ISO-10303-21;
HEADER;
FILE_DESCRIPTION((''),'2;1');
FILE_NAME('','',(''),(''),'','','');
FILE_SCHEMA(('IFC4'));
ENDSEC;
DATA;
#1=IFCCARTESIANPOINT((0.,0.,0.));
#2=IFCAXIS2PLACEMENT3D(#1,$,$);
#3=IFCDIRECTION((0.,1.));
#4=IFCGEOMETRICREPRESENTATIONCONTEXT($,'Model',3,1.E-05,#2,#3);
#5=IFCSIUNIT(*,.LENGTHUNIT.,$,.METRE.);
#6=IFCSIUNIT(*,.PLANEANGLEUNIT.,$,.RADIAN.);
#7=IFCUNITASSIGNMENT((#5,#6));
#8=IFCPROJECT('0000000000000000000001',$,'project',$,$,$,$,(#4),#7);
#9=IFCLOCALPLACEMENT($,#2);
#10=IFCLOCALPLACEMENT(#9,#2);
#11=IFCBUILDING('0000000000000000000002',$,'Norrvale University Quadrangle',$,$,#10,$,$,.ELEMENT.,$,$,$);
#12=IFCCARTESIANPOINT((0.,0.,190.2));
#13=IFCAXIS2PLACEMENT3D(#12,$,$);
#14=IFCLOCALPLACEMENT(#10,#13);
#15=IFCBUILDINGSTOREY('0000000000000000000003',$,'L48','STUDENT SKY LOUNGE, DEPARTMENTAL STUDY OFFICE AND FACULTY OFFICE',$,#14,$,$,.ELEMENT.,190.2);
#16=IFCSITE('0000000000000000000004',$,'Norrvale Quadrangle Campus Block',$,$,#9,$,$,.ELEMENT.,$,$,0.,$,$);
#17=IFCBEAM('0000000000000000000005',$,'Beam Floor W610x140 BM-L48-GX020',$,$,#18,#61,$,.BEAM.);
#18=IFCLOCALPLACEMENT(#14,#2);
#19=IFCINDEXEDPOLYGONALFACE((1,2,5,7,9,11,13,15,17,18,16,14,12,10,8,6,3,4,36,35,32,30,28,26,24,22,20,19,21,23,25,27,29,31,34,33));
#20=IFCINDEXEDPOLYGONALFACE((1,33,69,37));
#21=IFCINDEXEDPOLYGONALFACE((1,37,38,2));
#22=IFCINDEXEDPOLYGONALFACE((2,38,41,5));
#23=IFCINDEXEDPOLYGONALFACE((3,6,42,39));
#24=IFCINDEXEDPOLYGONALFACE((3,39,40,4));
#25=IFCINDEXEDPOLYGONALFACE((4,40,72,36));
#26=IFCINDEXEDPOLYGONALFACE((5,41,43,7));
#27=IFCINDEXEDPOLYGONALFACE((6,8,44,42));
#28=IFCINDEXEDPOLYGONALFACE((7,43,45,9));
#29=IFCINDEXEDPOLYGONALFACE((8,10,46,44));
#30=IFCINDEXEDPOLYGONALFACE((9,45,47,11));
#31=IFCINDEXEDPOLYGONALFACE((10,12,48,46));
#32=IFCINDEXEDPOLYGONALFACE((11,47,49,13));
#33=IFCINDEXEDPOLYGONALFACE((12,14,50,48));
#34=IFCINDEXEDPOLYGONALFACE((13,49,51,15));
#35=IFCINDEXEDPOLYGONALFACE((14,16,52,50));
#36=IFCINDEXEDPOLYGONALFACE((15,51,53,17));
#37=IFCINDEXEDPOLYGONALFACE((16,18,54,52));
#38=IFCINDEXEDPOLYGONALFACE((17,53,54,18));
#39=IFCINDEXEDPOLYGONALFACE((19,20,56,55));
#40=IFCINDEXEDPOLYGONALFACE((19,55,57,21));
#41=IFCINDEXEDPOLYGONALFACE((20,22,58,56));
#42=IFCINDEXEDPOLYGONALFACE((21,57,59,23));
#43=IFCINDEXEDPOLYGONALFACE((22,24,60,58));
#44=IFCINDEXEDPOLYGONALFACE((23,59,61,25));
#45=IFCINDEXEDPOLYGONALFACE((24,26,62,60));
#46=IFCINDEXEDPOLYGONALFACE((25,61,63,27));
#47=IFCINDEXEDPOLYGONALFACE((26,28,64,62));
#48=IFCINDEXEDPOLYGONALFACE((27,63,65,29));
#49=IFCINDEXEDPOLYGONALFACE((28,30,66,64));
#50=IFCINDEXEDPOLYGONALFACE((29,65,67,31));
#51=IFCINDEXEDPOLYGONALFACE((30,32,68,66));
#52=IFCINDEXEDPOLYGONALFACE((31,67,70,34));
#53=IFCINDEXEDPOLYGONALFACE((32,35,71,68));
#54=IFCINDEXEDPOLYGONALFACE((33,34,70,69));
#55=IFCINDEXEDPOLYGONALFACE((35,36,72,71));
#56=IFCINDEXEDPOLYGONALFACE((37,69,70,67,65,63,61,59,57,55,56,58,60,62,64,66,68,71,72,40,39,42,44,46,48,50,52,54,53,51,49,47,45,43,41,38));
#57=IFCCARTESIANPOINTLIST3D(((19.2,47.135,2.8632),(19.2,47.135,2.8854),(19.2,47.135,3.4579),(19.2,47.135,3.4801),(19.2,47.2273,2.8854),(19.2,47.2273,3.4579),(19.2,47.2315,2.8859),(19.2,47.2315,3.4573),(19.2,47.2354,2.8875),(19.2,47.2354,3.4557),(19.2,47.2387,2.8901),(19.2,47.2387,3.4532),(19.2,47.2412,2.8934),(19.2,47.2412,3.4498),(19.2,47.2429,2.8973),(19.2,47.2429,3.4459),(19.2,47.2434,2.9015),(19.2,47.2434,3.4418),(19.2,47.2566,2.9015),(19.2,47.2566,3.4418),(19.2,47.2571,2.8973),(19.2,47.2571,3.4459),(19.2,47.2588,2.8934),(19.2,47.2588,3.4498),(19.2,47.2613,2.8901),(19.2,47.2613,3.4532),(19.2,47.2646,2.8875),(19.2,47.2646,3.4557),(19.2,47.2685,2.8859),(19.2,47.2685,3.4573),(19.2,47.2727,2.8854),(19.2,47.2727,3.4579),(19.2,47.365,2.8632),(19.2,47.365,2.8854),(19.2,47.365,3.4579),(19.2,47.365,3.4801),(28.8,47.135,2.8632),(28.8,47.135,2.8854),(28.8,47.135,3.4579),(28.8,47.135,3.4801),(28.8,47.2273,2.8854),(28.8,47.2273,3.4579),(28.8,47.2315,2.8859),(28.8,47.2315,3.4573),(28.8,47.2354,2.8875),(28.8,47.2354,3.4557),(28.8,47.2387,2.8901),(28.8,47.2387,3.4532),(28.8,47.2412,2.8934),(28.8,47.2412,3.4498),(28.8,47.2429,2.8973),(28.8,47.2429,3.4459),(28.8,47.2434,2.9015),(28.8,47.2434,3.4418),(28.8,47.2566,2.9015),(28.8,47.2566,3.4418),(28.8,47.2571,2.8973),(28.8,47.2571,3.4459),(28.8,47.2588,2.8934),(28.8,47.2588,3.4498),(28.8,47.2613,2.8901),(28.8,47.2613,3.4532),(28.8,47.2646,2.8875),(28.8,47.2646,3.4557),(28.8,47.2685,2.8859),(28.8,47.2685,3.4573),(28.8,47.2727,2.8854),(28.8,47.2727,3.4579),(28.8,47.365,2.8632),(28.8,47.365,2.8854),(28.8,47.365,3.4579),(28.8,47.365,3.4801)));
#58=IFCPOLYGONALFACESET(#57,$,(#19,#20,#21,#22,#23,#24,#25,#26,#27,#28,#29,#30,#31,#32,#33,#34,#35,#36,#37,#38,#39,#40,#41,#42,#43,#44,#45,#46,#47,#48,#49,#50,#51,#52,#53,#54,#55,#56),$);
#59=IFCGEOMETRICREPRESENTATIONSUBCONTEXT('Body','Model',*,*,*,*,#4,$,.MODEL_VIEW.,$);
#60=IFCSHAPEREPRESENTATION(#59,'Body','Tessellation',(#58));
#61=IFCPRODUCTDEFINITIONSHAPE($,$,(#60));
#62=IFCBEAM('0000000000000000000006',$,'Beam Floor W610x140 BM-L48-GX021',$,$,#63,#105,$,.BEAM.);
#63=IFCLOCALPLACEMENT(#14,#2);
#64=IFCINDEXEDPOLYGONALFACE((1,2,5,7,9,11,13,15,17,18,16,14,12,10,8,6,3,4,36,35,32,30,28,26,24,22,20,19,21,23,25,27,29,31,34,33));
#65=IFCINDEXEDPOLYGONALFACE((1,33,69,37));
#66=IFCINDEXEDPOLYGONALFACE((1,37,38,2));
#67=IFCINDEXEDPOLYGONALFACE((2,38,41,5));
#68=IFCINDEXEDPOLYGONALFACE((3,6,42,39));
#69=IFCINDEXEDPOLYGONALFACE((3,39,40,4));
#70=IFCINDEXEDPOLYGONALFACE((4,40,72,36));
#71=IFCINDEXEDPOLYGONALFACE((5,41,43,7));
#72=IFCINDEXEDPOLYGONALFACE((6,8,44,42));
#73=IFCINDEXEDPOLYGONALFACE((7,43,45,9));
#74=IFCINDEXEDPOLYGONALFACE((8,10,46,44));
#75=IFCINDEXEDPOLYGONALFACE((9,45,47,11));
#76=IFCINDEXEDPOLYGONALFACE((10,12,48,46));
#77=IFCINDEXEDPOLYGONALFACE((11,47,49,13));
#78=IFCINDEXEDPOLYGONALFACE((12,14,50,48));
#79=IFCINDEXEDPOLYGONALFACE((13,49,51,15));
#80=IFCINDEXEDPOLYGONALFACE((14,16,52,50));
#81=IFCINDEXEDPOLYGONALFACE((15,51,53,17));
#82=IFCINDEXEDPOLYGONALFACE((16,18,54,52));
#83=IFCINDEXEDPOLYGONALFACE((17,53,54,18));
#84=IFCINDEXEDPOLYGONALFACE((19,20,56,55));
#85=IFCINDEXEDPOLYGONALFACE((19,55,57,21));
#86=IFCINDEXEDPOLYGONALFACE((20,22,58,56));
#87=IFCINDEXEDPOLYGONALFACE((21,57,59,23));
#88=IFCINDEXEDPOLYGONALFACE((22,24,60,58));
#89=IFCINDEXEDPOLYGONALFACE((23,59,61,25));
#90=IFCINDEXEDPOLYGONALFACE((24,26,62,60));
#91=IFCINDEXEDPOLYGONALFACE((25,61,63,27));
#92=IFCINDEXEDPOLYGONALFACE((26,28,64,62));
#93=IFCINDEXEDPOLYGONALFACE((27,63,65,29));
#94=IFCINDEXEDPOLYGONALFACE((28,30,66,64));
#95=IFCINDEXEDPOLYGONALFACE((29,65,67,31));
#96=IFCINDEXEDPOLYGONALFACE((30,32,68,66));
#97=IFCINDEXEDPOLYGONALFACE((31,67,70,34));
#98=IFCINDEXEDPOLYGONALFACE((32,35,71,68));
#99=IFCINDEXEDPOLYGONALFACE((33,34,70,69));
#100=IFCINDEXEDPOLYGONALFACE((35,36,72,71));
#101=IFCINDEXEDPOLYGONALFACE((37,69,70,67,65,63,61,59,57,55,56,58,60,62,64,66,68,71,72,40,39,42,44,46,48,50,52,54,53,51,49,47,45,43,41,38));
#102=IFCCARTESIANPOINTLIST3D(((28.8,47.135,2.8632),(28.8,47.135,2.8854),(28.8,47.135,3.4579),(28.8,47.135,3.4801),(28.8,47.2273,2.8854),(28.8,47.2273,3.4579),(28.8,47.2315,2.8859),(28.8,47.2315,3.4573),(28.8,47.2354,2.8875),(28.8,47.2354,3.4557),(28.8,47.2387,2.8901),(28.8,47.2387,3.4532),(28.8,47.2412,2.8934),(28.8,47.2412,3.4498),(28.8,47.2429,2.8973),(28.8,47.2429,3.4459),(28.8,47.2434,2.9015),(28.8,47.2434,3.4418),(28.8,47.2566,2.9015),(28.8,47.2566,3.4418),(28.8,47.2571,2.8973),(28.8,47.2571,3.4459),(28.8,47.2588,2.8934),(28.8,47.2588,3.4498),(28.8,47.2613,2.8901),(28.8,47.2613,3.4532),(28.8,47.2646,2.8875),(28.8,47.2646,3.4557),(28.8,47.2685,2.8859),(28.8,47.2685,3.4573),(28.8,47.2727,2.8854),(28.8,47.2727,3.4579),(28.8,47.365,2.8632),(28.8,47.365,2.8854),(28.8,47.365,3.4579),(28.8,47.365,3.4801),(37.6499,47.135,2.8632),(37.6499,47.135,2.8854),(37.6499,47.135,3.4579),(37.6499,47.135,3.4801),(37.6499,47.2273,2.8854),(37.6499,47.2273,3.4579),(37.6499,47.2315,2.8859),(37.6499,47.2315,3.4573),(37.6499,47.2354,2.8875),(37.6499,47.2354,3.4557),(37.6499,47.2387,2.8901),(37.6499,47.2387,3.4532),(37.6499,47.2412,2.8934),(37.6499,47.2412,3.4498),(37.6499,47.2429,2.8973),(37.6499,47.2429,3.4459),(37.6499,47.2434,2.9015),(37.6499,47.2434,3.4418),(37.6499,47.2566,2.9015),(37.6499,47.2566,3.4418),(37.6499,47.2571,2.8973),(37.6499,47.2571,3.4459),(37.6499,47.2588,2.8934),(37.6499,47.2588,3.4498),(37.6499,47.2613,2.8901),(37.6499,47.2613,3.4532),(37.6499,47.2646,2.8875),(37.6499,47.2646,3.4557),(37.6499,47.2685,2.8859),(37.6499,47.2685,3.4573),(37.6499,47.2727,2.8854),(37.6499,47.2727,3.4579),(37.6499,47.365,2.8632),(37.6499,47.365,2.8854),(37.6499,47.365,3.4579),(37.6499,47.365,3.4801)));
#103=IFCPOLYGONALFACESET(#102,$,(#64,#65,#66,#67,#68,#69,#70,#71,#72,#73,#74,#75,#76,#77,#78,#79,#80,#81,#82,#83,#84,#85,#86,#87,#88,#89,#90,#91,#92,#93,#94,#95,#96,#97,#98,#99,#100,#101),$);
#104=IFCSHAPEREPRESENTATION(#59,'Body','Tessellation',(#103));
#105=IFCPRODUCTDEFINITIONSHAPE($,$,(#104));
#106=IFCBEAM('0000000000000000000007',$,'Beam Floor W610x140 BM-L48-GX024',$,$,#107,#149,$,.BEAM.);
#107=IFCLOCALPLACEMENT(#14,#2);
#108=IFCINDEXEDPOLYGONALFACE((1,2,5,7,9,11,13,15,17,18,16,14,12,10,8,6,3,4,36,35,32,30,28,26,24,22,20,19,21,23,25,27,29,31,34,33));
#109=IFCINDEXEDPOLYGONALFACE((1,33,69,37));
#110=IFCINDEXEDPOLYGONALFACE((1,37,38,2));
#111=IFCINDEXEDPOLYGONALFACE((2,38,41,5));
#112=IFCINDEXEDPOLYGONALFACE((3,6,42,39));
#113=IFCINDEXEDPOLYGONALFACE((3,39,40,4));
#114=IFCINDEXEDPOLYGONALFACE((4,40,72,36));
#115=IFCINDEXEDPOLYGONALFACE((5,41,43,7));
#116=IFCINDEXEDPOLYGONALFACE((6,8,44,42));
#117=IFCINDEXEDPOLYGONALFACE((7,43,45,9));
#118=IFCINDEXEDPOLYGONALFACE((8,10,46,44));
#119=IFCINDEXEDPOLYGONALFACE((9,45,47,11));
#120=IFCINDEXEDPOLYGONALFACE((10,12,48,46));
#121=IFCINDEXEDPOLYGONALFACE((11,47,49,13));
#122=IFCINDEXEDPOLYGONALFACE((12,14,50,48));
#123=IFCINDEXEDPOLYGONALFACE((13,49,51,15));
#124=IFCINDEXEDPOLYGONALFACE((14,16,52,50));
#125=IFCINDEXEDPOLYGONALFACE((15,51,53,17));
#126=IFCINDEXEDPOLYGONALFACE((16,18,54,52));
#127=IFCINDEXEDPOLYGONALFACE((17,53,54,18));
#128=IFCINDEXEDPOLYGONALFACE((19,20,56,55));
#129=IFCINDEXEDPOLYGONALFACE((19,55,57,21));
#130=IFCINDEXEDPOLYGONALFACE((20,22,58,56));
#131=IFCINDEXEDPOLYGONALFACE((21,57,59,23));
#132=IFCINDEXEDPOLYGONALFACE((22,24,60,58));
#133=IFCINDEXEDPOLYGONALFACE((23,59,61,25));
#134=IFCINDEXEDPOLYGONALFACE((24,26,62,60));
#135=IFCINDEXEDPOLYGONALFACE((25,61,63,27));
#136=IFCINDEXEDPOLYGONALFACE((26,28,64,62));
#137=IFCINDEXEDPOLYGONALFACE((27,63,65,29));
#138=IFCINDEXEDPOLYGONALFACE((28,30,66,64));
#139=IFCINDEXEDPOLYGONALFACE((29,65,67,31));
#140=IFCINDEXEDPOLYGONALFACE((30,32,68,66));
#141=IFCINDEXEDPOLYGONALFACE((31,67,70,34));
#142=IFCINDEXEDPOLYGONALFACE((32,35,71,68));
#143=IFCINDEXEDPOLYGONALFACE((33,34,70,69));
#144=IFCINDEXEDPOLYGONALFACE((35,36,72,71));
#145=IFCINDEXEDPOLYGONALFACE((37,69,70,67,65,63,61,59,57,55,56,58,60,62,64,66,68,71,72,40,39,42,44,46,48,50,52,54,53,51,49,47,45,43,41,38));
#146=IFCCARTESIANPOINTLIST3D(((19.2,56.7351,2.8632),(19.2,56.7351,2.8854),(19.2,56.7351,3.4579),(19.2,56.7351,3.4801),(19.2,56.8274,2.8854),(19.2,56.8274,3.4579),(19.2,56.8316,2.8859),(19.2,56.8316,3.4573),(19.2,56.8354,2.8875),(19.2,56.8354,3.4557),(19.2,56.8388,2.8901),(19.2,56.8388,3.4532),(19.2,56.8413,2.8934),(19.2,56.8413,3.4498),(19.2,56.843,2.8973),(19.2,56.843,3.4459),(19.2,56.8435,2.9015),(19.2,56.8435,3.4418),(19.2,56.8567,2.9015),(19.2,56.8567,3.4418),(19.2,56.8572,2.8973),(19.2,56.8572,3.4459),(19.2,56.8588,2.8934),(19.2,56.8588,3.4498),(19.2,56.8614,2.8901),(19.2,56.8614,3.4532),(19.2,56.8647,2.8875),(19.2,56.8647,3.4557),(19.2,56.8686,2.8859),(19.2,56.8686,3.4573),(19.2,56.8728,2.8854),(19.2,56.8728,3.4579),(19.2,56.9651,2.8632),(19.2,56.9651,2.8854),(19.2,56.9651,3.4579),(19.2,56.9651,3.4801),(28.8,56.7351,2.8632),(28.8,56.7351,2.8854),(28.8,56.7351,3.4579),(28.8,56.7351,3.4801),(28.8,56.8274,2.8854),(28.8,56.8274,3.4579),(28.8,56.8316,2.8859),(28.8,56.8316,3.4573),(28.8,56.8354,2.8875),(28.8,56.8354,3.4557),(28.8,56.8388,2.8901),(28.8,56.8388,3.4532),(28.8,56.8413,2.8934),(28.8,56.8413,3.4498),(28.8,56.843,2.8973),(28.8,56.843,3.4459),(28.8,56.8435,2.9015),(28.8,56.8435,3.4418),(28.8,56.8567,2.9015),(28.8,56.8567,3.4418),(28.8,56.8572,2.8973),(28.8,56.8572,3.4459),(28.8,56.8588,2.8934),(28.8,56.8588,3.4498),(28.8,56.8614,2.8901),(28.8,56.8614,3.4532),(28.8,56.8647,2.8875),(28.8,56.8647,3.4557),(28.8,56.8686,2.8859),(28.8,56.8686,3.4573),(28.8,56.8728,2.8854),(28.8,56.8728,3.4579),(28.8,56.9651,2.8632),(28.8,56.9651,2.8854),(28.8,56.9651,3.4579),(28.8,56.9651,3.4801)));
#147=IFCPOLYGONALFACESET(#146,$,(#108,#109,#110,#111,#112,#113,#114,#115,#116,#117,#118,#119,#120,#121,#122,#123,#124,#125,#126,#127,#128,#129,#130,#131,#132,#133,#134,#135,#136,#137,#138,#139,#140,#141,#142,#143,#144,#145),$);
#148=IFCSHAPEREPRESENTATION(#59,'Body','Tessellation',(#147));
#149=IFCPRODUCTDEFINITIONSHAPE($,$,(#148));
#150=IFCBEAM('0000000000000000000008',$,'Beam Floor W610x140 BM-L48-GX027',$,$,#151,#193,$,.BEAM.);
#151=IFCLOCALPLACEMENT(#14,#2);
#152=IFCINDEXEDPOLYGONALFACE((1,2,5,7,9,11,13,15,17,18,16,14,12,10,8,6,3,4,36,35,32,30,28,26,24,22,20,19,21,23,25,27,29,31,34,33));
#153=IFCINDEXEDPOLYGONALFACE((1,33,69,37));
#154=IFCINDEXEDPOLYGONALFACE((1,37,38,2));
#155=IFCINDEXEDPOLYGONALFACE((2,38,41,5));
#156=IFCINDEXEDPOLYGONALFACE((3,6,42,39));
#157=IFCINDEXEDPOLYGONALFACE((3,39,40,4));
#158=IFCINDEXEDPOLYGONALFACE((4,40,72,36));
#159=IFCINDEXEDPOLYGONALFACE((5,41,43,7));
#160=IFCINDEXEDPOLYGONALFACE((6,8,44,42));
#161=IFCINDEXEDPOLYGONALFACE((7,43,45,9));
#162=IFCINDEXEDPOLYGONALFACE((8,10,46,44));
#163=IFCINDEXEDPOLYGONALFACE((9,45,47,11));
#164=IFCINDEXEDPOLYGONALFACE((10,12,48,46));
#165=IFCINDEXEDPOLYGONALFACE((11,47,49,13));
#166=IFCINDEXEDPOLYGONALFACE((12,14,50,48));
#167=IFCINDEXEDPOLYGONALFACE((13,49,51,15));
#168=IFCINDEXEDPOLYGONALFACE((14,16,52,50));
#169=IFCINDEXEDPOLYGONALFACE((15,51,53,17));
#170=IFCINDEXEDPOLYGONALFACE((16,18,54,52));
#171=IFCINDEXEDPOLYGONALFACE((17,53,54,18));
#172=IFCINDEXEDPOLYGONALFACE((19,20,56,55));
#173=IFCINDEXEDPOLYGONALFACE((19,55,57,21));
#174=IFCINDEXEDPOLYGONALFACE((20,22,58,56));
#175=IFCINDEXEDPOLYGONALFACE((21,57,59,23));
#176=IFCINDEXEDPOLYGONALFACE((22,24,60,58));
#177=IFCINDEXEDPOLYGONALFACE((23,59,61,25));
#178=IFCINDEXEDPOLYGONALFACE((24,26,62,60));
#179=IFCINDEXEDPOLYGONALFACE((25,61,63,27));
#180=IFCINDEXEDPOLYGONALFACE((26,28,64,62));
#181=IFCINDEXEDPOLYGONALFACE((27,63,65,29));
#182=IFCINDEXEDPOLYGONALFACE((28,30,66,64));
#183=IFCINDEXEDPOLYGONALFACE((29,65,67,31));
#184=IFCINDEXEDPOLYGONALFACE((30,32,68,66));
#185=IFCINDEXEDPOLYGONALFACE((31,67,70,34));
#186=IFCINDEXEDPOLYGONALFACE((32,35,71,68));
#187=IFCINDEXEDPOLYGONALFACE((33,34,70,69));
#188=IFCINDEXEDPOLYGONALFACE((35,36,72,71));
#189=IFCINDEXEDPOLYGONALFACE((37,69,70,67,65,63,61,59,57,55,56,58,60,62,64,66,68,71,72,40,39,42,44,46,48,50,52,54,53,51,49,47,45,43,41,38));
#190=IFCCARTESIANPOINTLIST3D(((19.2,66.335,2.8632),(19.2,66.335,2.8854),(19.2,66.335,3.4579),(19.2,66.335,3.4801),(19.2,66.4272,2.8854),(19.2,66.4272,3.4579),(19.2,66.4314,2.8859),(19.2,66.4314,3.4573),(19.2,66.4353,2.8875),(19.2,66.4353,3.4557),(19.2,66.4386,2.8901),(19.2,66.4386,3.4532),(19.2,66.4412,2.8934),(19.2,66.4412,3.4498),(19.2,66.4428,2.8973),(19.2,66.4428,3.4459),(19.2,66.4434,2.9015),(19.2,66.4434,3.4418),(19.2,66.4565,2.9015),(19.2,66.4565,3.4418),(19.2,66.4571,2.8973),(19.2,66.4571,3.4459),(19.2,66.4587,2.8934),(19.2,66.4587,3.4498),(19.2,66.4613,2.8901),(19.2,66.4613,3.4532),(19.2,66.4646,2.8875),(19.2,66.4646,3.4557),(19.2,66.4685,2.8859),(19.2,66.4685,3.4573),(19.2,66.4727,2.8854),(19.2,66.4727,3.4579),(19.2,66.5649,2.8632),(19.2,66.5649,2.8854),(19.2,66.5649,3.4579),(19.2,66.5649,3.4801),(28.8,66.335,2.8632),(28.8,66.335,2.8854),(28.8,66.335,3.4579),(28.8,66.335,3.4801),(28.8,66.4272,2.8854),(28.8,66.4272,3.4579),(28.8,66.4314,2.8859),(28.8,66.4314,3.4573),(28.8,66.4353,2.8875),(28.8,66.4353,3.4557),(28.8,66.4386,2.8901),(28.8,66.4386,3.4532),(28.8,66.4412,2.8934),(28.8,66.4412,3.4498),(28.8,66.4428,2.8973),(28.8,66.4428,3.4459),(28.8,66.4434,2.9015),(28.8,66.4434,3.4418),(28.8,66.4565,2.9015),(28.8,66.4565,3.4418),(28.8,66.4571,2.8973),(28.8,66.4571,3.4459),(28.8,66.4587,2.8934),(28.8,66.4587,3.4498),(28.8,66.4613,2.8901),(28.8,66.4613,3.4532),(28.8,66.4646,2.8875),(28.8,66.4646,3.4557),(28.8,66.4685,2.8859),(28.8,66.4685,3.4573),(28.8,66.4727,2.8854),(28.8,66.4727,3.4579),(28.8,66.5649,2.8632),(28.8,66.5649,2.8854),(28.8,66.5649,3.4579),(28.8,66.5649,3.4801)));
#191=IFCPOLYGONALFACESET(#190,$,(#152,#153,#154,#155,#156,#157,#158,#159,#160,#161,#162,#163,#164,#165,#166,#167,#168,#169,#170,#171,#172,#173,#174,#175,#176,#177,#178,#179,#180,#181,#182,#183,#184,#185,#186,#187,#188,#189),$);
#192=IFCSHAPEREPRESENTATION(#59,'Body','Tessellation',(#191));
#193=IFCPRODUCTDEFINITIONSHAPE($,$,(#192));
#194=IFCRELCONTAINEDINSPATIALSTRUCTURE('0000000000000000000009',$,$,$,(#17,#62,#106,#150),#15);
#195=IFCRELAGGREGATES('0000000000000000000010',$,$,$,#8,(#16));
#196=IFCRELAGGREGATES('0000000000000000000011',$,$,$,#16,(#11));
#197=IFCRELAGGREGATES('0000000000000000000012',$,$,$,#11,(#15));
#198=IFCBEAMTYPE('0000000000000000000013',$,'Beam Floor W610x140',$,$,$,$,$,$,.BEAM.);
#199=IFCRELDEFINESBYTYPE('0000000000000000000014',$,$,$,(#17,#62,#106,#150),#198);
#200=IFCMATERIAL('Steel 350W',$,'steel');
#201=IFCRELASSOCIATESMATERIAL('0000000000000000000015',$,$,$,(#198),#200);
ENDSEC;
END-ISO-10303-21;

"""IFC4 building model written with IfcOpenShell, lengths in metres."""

from ifc_helpers import new_model, si_unit, direction, frame, origin, origin_2d, place, context, subcontext, project, spatial, i_section, extrude, material, material_profile, profile_set, type_object, element, save


model = new_model("IFC4")

# Units and contexts
model_context = context("Model", 3, precision=1e-05, world=origin(), true_north=direction((0.0, 1.0)))
body_context = subcontext(model_context, "Body", "Model", "MODEL_VIEW")
ifc_project = project(units=[si_unit("LENGTHUNIT", "METRE"), si_unit("PLANEANGLEUNIT", "RADIAN")], contexts=[model_context])

# Site, building, storey
site_placement = place(None, origin())
site = spatial("IfcSite", under=ifc_project, at=site_placement, Name="Norrvale Quadrangle Campus Block", CompositionType="ELEMENT", RefElevation=0.0)
building_placement = place(site_placement, origin())
building = spatial("IfcBuilding", under=site, at=building_placement, Name="Norrvale University Quadrangle", CompositionType="ELEMENT")
storey_placement = place(building_placement, frame((0.0, 0.0, 190.2)))
storey = spatial("IfcBuildingStorey", under=building, at=storey_placement, Name="L48", Description="STUDENT SKY LOUNGE, DEPARTMENTAL STUDY OFFICE AND FACULTY OFFICE", CompositionType="ELEMENT", Elevation=190.2)

# Beams
ifc_material_1 = material(Name="Steel 350W", Category="steel")
ifc_material_profile_1 = material_profile(ifc_material_1, i_section(OverallWidth=0.23, OverallDepth=0.6169, WebThickness=0.0132, FlangeThickness=0.0222, FilletRadius=0.0161, at=origin_2d()), Name="Steel 350W")
ifc_profile_set_1 = profile_set([ifc_material_profile_1], Name="Steel 350W")
beam_type_1 = type_object("IfcBeamType", Name="Beam Floor W610x140", PredefinedType="BEAM", material=ifc_profile_set_1)
beam_1_placement = place(storey_placement, frame((19.2, 47.25, 3.1716), z_axis=(1.0, 0.0, 0.0), x_axis=(0.0, 1.0, 0.0)))
element("IfcBeam", 1, at=beam_1_placement, inside=storey, type_object=beam_type_1, Name="Beam Floor W610x140 BM-L48-GX020", PredefinedType="BEAM", context=body_context, shape_type="SweptSolid", body=[
    extrude(i_section(OverallWidth=0.23, OverallDepth=0.6169, WebThickness=0.0132, FlangeThickness=0.0222, FilletRadius=0.0161, at=origin_2d()), origin(), (0.0, 0.0, 1.0), 9.6001),
])
beam_2_placement = place(storey_placement, frame((28.8, 47.25, 3.1716), z_axis=(1.0, 0.0, 0.0), x_axis=(0.0, 1.0, 0.0)))
element("IfcBeam", 2, at=beam_2_placement, inside=storey, type_object=beam_type_1, Name="Beam Floor W610x140 BM-L48-GX021", PredefinedType="BEAM", context=body_context, shape_type="SweptSolid", body=[
    extrude(i_section(OverallWidth=0.23, OverallDepth=0.6169, WebThickness=0.0132, FlangeThickness=0.0222, FilletRadius=0.0161, at=origin_2d()), origin(), (0.0, 0.0, 1.0), 8.8499),
])
for number, where, z_axis, x_axis, name in (
    (3, (19.2, 56.8501, 3.1716), (1.0, 0.0, 0.0), (0.0, 1.0, 0.0), "Beam Floor W610x140 BM-L48-GX024"),
    (4, (19.2, 66.45, 3.1716), (1.0, 0.0, 0.0), (0.0, 1.0, 0.0), "Beam Floor W610x140 BM-L48-GX027"),
):
    element("IfcBeam", number, at=place(storey_placement, frame(where, z_axis=z_axis, x_axis=x_axis)), inside=storey, type_object=beam_type_1, Name=name, PredefinedType="BEAM", context=body_context, shape_type="SweptSolid", body=[
        extrude(i_section(OverallWidth=0.23, OverallDepth=0.6169, WebThickness=0.0132, FlangeThickness=0.0222, FilletRadius=0.0161, at=origin_2d()), origin(), (0.0, 0.0, 1.0), 9.6001),
    ])

save(model, "model.ifc")
